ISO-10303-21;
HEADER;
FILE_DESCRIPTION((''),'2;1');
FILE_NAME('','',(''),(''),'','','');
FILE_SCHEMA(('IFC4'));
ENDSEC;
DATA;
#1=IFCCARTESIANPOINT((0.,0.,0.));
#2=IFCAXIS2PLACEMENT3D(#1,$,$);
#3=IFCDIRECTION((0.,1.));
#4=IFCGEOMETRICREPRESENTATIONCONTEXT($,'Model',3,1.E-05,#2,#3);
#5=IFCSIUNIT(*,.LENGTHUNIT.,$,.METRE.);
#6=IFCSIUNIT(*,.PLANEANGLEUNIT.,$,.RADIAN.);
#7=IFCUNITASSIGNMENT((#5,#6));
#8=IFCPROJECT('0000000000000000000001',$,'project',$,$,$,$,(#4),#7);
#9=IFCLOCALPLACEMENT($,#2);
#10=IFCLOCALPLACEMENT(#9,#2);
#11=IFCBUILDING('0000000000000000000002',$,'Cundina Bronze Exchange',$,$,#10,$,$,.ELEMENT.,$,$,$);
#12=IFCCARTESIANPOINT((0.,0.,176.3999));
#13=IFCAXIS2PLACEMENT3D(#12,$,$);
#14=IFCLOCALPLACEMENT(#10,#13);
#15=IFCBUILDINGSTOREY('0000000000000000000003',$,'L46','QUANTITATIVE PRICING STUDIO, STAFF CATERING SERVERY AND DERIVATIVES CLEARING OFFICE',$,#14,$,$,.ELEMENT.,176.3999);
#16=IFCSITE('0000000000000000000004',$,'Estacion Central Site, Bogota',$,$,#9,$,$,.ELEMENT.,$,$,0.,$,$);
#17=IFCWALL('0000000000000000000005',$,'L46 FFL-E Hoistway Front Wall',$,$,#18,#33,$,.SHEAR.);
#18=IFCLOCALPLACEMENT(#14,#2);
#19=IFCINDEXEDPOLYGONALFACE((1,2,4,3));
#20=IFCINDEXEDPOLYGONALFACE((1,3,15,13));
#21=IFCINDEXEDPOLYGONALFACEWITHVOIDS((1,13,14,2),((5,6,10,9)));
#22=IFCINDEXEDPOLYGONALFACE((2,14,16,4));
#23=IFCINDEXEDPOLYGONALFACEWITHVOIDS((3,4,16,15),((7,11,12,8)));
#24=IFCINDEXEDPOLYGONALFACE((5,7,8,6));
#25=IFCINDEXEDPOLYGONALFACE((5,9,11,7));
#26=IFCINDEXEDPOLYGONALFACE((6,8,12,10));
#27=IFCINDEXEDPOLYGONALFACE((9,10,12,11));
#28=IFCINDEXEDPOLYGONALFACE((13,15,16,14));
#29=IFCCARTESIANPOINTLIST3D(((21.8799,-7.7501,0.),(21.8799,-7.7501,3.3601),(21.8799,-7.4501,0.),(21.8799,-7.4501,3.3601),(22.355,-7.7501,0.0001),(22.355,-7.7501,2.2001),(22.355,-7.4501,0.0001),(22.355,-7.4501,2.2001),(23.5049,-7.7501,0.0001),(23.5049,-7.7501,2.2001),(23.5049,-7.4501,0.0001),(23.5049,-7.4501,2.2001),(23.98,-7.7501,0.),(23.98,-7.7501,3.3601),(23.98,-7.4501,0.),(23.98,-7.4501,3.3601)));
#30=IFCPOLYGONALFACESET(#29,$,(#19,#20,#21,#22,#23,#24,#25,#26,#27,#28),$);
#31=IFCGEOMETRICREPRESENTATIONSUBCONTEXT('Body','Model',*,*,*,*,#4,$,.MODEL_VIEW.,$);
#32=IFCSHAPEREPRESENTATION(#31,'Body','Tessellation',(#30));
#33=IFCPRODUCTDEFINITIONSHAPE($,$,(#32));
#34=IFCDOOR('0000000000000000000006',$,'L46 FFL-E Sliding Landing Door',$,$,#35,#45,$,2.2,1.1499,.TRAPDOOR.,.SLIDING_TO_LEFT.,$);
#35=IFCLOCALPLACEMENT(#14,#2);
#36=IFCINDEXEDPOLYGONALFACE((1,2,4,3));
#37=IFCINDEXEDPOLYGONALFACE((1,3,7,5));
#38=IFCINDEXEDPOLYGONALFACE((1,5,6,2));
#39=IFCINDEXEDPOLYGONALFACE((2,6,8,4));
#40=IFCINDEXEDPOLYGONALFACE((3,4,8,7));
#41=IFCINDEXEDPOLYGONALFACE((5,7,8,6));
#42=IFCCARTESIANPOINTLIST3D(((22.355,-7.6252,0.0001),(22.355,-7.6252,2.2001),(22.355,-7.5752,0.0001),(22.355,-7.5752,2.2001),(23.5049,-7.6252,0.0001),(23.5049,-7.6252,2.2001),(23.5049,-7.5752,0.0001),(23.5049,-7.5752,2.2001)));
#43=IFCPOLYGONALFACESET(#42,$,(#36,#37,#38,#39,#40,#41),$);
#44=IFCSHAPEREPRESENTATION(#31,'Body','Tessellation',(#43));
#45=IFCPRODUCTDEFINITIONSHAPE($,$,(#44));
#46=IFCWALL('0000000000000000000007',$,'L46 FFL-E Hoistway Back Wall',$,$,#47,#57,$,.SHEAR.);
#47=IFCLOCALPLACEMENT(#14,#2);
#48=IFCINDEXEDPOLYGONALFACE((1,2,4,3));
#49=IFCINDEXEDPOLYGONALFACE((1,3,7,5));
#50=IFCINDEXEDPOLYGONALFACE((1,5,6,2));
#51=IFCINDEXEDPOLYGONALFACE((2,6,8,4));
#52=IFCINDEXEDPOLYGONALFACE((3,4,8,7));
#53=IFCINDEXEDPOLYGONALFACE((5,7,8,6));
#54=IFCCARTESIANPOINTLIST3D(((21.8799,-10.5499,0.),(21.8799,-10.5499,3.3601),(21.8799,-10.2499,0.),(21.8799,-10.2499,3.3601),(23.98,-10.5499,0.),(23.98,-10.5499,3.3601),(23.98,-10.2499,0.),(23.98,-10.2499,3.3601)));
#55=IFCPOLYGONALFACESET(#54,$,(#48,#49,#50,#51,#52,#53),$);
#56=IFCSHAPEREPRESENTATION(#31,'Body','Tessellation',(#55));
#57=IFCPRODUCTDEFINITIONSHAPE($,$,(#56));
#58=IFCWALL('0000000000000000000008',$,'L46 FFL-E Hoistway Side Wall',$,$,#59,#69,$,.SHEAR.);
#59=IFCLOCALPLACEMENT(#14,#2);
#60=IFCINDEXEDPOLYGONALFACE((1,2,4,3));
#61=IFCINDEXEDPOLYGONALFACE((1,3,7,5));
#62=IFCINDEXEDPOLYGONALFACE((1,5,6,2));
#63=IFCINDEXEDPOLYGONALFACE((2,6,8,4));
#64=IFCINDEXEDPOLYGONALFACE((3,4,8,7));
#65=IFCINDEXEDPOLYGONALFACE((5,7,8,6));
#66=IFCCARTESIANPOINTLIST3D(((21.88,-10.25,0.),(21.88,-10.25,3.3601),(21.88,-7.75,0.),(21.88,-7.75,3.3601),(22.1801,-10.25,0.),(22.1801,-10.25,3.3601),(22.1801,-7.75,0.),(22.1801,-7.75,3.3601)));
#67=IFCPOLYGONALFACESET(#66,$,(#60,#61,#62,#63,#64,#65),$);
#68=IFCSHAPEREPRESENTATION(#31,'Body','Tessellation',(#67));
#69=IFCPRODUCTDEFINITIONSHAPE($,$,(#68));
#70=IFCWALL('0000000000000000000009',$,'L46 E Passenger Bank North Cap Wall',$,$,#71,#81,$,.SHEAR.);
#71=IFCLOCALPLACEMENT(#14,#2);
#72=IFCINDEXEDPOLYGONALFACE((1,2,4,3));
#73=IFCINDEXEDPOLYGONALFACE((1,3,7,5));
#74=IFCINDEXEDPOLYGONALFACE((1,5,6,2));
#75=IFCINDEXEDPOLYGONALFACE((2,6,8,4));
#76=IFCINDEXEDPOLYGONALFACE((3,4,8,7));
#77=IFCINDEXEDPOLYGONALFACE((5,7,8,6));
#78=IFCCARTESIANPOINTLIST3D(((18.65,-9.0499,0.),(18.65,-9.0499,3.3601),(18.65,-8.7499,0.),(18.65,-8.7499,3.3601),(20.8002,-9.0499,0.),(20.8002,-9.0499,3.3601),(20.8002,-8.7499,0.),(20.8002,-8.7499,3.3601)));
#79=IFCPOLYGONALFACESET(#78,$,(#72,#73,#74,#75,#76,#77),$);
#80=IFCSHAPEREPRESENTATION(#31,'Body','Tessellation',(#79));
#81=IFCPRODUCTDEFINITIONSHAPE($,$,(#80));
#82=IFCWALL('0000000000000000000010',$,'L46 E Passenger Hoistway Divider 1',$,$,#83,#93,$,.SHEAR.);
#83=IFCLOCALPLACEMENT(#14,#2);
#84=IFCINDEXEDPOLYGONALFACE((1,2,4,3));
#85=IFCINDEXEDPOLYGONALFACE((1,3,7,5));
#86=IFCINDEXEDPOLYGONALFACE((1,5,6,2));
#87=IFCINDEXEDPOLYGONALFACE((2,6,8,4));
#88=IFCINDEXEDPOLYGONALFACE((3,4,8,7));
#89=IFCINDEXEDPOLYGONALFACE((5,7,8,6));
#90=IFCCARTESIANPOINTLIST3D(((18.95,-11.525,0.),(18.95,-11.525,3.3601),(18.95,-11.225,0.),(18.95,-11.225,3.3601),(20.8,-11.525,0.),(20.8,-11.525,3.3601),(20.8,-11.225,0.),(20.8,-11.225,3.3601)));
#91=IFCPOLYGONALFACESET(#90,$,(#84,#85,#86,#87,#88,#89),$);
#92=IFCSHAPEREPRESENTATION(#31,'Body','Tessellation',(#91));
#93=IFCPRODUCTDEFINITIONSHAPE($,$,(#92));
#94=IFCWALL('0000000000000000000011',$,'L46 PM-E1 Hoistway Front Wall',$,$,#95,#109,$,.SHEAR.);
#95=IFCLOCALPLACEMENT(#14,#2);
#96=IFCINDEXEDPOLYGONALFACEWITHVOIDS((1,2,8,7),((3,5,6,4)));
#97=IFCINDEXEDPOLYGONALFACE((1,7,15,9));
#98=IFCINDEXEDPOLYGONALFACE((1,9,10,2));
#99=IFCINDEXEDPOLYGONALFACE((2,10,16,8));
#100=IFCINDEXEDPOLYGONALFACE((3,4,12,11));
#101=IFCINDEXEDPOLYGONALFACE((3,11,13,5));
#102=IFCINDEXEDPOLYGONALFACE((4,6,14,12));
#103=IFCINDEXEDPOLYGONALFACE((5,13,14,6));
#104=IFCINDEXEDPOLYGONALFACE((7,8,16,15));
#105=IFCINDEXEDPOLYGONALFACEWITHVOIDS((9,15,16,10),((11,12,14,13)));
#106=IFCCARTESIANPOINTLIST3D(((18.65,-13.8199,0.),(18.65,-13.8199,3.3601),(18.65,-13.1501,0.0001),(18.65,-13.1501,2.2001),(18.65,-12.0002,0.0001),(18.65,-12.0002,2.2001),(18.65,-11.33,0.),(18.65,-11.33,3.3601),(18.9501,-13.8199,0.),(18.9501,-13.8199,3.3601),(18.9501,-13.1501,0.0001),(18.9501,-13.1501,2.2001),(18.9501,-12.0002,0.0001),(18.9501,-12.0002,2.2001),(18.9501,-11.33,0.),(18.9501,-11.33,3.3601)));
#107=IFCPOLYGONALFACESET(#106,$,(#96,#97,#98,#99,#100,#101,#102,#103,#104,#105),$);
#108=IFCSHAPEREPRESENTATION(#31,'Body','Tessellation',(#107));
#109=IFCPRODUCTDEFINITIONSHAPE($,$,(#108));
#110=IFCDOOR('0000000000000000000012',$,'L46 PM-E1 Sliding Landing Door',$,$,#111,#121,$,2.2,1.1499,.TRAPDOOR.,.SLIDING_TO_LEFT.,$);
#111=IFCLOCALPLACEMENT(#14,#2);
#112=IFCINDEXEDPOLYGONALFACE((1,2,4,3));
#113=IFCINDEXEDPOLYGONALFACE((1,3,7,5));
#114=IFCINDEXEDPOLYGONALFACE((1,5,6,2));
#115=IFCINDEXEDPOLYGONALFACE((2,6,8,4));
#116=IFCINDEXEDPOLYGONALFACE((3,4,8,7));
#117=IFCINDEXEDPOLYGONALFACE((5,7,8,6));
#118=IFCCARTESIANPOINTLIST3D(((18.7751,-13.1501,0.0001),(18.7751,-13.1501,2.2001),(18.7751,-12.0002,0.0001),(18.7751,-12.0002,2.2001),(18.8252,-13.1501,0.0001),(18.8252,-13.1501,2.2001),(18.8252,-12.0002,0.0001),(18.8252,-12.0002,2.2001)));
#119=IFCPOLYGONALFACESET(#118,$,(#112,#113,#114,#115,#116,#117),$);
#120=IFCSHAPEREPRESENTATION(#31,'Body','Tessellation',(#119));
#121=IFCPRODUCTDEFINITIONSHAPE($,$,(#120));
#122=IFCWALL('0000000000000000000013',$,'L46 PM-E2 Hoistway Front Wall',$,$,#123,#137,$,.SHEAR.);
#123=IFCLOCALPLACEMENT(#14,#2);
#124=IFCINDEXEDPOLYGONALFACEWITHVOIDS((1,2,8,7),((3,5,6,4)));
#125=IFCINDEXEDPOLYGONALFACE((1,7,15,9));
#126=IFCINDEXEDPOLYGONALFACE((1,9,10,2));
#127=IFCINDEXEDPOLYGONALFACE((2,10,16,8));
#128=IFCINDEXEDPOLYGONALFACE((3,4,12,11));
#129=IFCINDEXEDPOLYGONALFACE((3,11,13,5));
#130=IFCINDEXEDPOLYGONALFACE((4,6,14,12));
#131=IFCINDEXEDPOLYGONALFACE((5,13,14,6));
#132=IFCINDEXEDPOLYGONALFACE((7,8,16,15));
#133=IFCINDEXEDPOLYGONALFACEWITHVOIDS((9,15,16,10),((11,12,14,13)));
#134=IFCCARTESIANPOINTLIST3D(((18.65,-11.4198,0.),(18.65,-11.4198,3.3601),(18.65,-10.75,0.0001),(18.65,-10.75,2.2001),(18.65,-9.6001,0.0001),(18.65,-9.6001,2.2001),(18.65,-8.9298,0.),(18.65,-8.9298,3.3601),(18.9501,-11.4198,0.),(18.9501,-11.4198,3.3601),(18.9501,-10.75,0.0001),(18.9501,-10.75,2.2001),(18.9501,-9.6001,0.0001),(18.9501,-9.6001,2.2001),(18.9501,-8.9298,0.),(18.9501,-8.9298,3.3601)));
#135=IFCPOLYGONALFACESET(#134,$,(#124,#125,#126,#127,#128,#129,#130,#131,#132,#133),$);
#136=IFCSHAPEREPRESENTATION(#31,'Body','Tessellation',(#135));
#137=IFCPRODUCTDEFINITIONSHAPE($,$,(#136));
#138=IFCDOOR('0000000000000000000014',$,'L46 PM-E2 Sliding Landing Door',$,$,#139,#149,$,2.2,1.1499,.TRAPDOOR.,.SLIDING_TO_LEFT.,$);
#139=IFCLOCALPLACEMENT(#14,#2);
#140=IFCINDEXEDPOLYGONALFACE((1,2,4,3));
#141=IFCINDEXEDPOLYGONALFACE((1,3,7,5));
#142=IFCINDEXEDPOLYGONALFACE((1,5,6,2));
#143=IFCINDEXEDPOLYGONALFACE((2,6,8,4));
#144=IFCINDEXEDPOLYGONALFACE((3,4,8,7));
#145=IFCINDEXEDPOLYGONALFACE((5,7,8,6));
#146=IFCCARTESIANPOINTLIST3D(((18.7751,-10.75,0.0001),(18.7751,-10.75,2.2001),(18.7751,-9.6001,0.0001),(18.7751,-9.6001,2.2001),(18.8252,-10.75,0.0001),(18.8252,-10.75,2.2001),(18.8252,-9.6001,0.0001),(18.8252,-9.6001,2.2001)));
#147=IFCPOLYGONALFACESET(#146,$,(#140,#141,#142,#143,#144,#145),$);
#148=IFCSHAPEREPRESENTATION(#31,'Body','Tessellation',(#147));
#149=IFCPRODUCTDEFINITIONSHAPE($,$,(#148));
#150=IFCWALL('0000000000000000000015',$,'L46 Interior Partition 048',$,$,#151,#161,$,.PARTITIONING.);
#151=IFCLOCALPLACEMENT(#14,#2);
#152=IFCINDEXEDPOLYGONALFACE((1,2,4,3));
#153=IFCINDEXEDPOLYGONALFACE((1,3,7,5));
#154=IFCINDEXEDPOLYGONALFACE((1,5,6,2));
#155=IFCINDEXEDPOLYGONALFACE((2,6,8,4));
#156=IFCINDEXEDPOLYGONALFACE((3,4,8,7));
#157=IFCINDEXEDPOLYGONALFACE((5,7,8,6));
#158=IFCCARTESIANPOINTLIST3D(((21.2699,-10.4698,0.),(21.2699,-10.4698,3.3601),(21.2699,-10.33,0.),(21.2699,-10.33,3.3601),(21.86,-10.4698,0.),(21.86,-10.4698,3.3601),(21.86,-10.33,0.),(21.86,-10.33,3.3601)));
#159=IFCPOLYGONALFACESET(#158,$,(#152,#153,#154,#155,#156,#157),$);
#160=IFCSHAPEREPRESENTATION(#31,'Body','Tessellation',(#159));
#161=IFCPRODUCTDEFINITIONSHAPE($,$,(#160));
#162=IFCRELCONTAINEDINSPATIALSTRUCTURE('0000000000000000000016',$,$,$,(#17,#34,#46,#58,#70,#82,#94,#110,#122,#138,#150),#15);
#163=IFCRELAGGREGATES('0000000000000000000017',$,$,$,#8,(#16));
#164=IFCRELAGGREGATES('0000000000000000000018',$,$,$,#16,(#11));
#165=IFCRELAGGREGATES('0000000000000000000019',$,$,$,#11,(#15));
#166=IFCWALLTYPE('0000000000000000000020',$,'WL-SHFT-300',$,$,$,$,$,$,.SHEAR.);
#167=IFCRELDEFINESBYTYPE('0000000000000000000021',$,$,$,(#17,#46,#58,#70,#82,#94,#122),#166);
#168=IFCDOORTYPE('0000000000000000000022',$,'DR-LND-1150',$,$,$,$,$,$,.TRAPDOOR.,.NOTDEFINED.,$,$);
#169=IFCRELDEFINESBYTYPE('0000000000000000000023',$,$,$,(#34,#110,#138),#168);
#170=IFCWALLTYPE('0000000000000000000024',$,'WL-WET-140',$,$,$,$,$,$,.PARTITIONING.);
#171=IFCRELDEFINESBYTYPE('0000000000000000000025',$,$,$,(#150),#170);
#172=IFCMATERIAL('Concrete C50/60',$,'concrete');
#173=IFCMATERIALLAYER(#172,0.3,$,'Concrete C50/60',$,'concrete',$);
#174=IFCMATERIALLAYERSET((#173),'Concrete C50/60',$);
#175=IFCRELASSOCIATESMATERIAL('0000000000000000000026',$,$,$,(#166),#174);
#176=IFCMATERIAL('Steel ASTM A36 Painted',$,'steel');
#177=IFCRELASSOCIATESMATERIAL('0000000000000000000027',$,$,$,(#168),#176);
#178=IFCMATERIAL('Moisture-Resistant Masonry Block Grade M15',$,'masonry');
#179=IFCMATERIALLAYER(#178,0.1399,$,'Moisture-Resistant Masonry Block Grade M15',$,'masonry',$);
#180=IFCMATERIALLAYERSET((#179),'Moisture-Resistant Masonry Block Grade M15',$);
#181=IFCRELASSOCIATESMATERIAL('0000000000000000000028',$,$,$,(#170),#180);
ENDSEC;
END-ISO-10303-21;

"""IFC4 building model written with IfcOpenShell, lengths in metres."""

from ifc_helpers import new_model, si_unit, direction, frame, frame_2d, origin, place, context, subcontext, project, spatial, rectangle, extrude, material, layer, layer_set, type_object, element, fill, save


model = new_model("IFC4")

# Units and contexts
model_context = context("Model", 3, precision=1e-05, world=origin(), true_north=direction((0.0, 1.0)))
body_context = subcontext(model_context, "Body", "Model", "MODEL_VIEW")
ifc_project = project(units=[si_unit("LENGTHUNIT", "METRE"), si_unit("PLANEANGLEUNIT", "RADIAN")], contexts=[model_context])

# Site, building, storey
site_placement = place(None, origin())
site = spatial("IfcSite", under=ifc_project, at=site_placement, Name="Estacion Central Site, Bogota", CompositionType="ELEMENT", RefElevation=0.0)
building_placement = place(site_placement, origin())
building = spatial("IfcBuilding", under=site, at=building_placement, Name="Cundina Bronze Exchange", CompositionType="ELEMENT")
storey_placement = place(building_placement, frame((0.0, 0.0, 176.3999)))
storey = spatial("IfcBuildingStorey", under=building, at=storey_placement, Name="L46", Description="QUANTITATIVE PRICING STUDIO, STAFF CATERING SERVERY AND DERIVATIVES CLEARING OFFICE", CompositionType="ELEMENT", Elevation=176.3999)

# Shared definitions
ifc_material_1 = material(Name="Concrete C50/60", Category="concrete")

# Shared definitions
ifc_layer_1 = layer(ifc_material_1, 0.3, Name="Concrete C50/60", Category="concrete")
ifc_layer_set_1 = layer_set([ifc_layer_1], Name="Concrete C50/60")
wall_type_1 = type_object("IfcWallType", Name="WL-SHFT-300", PredefinedType="SHEAR", material=ifc_layer_set_1)

# Wall, opening, door
ifc_material_2 = material(Name="Steel ASTM A36 Painted", Category="steel")
wall_1_placement = place(storey_placement, frame((21.8799, -7.6001, 0.0), z_axis=(0.0, 0.0, 1.0), x_axis=(1.0, 0.0, 0.0)))
wall_1 = element("IfcWall", 1, at=wall_1_placement, inside=storey, type_object=wall_type_1, Name="L46 FFL-E Hoistway Front Wall", PredefinedType="SHEAR", context=body_context, shape_type="SweptSolid", body=[
    extrude(rectangle(XDim=2.1001, YDim=0.3, at=frame_2d((1.05, 0.0))), origin(), (0.0, 0.0, 1.0), 3.3601),
])
opening_1_placement = place(wall_1_placement, frame((0.4751, 0.0, 0.0)))
opening_1 = element("IfcOpeningElement", 2, at=opening_1_placement, cuts=wall_1, PredefinedType="OPENING", context=body_context, shape_type="SweptSolid", body=[
    extrude(rectangle(XDim=1.1499, YDim=2.2, at=frame_2d((0.575, 1.1001))), frame((0.0, 0.1599, 0.0), z_axis=(0.0, -1.0, 0.0), x_axis=(1.0, 0.0, 0.0)), (0.0, 0.0, 1.0), 0.3201),
])
door_type_1 = type_object("IfcDoorType", Name="DR-LND-1150", OperationType="NOTDEFINED", PredefinedType="TRAPDOOR", material=ifc_material_2)
door_1_placement = place(opening_1_placement, origin())
door_1 = element("IfcDoor", 3, at=door_1_placement, inside=storey, type_object=door_type_1, Name="L46 FFL-E Sliding Landing Door", OperationType="SLIDING_TO_LEFT", OverallHeight=2.2, OverallWidth=1.1499, PredefinedType="TRAPDOOR", context=body_context, shape_type="SweptSolid", body=[
    extrude(rectangle(XDim=1.1499, YDim=2.2, at=frame_2d((0.575, 1.1001))), frame((0.0, 0.0249, 0.0), z_axis=(0.0, -1.0, 0.0), x_axis=(1.0, 0.0, 0.0)), (0.0, 0.0, 1.0), 0.05),
])
fill(opening_1, door_1)

# Walls
wall_2_placement = place(storey_placement, frame((21.8799, -10.3999, 0.0), z_axis=(0.0, 0.0, 1.0), x_axis=(1.0, 0.0, 0.0)))
element("IfcWall", 4, at=wall_2_placement, inside=storey, type_object=wall_type_1, Name="L46 FFL-E Hoistway Back Wall", PredefinedType="SHEAR", context=body_context, shape_type="SweptSolid", body=[
    extrude(rectangle(XDim=2.1001, YDim=0.3, at=frame_2d((1.05, 0.0))), origin(), (0.0, 0.0, 1.0), 3.3601),
])
wall_3_placement = place(storey_placement, frame((22.03, -10.25, 0.0), z_axis=(0.0, 0.0, 1.0), x_axis=(0.0, 1.0, 0.0)))
element("IfcWall", 5, at=wall_3_placement, inside=storey, type_object=wall_type_1, Name="L46 FFL-E Hoistway Side Wall", PredefinedType="SHEAR", context=body_context, shape_type="SweptSolid", body=[
    extrude(rectangle(XDim=2.5, YDim=0.3, at=frame_2d((1.25, 0.0))), origin(), (0.0, 0.0, 1.0), 3.3601),
])
wall_4_placement = place(storey_placement, frame((18.6499, -8.8999, 0.0), z_axis=(0.0, 0.0, 1.0), x_axis=(1.0, 0.0, 0.0)))
element("IfcWall", 6, at=wall_4_placement, inside=storey, type_object=wall_type_1, Name="L46 E Passenger Bank North Cap Wall", PredefinedType="SHEAR", context=body_context, shape_type="SweptSolid", body=[
    extrude(rectangle(XDim=2.1501, YDim=0.3, at=frame_2d((1.0752, 0.0))), origin(), (0.0, 0.0, 1.0), 3.3601),
])
wall_5_placement = place(storey_placement, frame((18.95, -11.375, 0.0), z_axis=(0.0, 0.0, 1.0), x_axis=(1.0, 0.0, 0.0)))
element("IfcWall", 7, at=wall_5_placement, inside=storey, type_object=wall_type_1, Name="L46 E Passenger Hoistway Divider 1", PredefinedType="SHEAR", context=body_context, shape_type="SweptSolid", body=[
    extrude(rectangle(XDim=1.8501, YDim=0.3, at=frame_2d((0.925, 0.0))), origin(), (0.0, 0.0, 1.0), 3.3601),
])

# Walls, openings, doors
wall_6_placement = place(storey_placement, frame((18.8, -13.8201, 0.0), z_axis=(0.0, 0.0, 1.0), x_axis=(0.0, 1.0, 0.0)))
wall_6 = element("IfcWall", 8, at=wall_6_placement, inside=storey, type_object=wall_type_1, Name="L46 PM-E1 Hoistway Front Wall", PredefinedType="SHEAR", context=body_context, shape_type="SweptSolid", body=[
    extrude(rectangle(XDim=2.49, YDim=0.3, at=frame_2d((1.2451, 0.0))), origin(), (0.0, 0.0, 1.0), 3.3601),
])
opening_2_placement = place(wall_6_placement, frame((0.6699, 0.0, 0.0)))
opening_2 = element("IfcOpeningElement", 9, at=opening_2_placement, cuts=wall_6, PredefinedType="OPENING", context=body_context, shape_type="SweptSolid", body=[
    extrude(rectangle(XDim=1.1499, YDim=2.2, at=frame_2d((0.575, 1.1001))), frame((0.0, 0.1599, 0.0), z_axis=(0.0, -1.0, 0.0), x_axis=(1.0, 0.0, 0.0)), (0.0, 0.0, 1.0), 0.3201),
])
door_2_placement = place(opening_2_placement, origin())
door_2 = element("IfcDoor", 10, at=door_2_placement, inside=storey, type_object=door_type_1, Name="L46 PM-E1 Sliding Landing Door", OperationType="SLIDING_TO_LEFT", OverallHeight=2.2, OverallWidth=1.1499, PredefinedType="TRAPDOOR", context=body_context, shape_type="SweptSolid", body=[
    extrude(rectangle(XDim=1.1499, YDim=2.2, at=frame_2d((0.575, 1.1001))), frame((0.0, 0.0249, 0.0), z_axis=(0.0, -1.0, 0.0), x_axis=(1.0, 0.0, 0.0)), (0.0, 0.0, 1.0), 0.05),
])
fill(opening_2, door_2)
wall_7_placement = place(storey_placement, frame((18.8, -11.4199, 0.0), z_axis=(0.0, 0.0, 1.0), x_axis=(0.0, 1.0, 0.0)))
wall_7 = element("IfcWall", 11, at=wall_7_placement, inside=storey, type_object=wall_type_1, Name="L46 PM-E2 Hoistway Front Wall", PredefinedType="SHEAR", context=body_context, shape_type="SweptSolid", body=[
    extrude(rectangle(XDim=2.49, YDim=0.3, at=frame_2d((1.2451, 0.0))), origin(), (0.0, 0.0, 1.0), 3.3601),
])
opening_3_placement = place(wall_7_placement, frame((0.6699, 0.0, 0.0)))
opening_3 = element("IfcOpeningElement", 12, at=opening_3_placement, cuts=wall_7, PredefinedType="OPENING", context=body_context, shape_type="SweptSolid", body=[
    extrude(rectangle(XDim=1.1499, YDim=2.2, at=frame_2d((0.575, 1.1001))), frame((0.0, 0.1599, 0.0), z_axis=(0.0, -1.0, 0.0), x_axis=(1.0, 0.0, 0.0)), (0.0, 0.0, 1.0), 0.3201),
])
door_3_placement = place(opening_3_placement, origin())
door_3 = element("IfcDoor", 13, at=door_3_placement, inside=storey, type_object=door_type_1, Name="L46 PM-E2 Sliding Landing Door", OperationType="SLIDING_TO_LEFT", OverallHeight=2.2, OverallWidth=1.1499, PredefinedType="TRAPDOOR", context=body_context, shape_type="SweptSolid", body=[
    extrude(rectangle(XDim=1.1499, YDim=2.2, at=frame_2d((0.575, 1.1001))), frame((0.0, 0.0249, 0.0), z_axis=(0.0, -1.0, 0.0), x_axis=(1.0, 0.0, 0.0)), (0.0, 0.0, 1.0), 0.05),
])
fill(opening_3, door_3)

# Wall
ifc_material_3 = material(Name="Moisture-Resistant Masonry Block Grade M15", Category="masonry")
ifc_layer_2 = layer(ifc_material_3, 0.1399, Name="Moisture-Resistant Masonry Block Grade M15", Category="masonry")
ifc_layer_set_2 = layer_set([ifc_layer_2], Name="Moisture-Resistant Masonry Block Grade M15")
wall_type_2 = type_object("IfcWallType", Name="WL-WET-140", PredefinedType="PARTITIONING", material=ifc_layer_set_2)
wall_8_placement = place(storey_placement, frame((21.27, -10.3999, 0.0), z_axis=(0.0, 0.0, 1.0), x_axis=(1.0, 0.0, 0.0)))
element("IfcWall", 14, at=wall_8_placement, inside=storey, type_object=wall_type_2, Name="L46 Interior Partition 048", PredefinedType="PARTITIONING", context=body_context, shape_type="SweptSolid", body=[
    extrude(rectangle(XDim=0.5901, YDim=0.1399, at=frame_2d((0.2949, 0.0))), origin(), (0.0, 0.0, 1.0), 3.3601),
])

save(model, "model.ifc")
